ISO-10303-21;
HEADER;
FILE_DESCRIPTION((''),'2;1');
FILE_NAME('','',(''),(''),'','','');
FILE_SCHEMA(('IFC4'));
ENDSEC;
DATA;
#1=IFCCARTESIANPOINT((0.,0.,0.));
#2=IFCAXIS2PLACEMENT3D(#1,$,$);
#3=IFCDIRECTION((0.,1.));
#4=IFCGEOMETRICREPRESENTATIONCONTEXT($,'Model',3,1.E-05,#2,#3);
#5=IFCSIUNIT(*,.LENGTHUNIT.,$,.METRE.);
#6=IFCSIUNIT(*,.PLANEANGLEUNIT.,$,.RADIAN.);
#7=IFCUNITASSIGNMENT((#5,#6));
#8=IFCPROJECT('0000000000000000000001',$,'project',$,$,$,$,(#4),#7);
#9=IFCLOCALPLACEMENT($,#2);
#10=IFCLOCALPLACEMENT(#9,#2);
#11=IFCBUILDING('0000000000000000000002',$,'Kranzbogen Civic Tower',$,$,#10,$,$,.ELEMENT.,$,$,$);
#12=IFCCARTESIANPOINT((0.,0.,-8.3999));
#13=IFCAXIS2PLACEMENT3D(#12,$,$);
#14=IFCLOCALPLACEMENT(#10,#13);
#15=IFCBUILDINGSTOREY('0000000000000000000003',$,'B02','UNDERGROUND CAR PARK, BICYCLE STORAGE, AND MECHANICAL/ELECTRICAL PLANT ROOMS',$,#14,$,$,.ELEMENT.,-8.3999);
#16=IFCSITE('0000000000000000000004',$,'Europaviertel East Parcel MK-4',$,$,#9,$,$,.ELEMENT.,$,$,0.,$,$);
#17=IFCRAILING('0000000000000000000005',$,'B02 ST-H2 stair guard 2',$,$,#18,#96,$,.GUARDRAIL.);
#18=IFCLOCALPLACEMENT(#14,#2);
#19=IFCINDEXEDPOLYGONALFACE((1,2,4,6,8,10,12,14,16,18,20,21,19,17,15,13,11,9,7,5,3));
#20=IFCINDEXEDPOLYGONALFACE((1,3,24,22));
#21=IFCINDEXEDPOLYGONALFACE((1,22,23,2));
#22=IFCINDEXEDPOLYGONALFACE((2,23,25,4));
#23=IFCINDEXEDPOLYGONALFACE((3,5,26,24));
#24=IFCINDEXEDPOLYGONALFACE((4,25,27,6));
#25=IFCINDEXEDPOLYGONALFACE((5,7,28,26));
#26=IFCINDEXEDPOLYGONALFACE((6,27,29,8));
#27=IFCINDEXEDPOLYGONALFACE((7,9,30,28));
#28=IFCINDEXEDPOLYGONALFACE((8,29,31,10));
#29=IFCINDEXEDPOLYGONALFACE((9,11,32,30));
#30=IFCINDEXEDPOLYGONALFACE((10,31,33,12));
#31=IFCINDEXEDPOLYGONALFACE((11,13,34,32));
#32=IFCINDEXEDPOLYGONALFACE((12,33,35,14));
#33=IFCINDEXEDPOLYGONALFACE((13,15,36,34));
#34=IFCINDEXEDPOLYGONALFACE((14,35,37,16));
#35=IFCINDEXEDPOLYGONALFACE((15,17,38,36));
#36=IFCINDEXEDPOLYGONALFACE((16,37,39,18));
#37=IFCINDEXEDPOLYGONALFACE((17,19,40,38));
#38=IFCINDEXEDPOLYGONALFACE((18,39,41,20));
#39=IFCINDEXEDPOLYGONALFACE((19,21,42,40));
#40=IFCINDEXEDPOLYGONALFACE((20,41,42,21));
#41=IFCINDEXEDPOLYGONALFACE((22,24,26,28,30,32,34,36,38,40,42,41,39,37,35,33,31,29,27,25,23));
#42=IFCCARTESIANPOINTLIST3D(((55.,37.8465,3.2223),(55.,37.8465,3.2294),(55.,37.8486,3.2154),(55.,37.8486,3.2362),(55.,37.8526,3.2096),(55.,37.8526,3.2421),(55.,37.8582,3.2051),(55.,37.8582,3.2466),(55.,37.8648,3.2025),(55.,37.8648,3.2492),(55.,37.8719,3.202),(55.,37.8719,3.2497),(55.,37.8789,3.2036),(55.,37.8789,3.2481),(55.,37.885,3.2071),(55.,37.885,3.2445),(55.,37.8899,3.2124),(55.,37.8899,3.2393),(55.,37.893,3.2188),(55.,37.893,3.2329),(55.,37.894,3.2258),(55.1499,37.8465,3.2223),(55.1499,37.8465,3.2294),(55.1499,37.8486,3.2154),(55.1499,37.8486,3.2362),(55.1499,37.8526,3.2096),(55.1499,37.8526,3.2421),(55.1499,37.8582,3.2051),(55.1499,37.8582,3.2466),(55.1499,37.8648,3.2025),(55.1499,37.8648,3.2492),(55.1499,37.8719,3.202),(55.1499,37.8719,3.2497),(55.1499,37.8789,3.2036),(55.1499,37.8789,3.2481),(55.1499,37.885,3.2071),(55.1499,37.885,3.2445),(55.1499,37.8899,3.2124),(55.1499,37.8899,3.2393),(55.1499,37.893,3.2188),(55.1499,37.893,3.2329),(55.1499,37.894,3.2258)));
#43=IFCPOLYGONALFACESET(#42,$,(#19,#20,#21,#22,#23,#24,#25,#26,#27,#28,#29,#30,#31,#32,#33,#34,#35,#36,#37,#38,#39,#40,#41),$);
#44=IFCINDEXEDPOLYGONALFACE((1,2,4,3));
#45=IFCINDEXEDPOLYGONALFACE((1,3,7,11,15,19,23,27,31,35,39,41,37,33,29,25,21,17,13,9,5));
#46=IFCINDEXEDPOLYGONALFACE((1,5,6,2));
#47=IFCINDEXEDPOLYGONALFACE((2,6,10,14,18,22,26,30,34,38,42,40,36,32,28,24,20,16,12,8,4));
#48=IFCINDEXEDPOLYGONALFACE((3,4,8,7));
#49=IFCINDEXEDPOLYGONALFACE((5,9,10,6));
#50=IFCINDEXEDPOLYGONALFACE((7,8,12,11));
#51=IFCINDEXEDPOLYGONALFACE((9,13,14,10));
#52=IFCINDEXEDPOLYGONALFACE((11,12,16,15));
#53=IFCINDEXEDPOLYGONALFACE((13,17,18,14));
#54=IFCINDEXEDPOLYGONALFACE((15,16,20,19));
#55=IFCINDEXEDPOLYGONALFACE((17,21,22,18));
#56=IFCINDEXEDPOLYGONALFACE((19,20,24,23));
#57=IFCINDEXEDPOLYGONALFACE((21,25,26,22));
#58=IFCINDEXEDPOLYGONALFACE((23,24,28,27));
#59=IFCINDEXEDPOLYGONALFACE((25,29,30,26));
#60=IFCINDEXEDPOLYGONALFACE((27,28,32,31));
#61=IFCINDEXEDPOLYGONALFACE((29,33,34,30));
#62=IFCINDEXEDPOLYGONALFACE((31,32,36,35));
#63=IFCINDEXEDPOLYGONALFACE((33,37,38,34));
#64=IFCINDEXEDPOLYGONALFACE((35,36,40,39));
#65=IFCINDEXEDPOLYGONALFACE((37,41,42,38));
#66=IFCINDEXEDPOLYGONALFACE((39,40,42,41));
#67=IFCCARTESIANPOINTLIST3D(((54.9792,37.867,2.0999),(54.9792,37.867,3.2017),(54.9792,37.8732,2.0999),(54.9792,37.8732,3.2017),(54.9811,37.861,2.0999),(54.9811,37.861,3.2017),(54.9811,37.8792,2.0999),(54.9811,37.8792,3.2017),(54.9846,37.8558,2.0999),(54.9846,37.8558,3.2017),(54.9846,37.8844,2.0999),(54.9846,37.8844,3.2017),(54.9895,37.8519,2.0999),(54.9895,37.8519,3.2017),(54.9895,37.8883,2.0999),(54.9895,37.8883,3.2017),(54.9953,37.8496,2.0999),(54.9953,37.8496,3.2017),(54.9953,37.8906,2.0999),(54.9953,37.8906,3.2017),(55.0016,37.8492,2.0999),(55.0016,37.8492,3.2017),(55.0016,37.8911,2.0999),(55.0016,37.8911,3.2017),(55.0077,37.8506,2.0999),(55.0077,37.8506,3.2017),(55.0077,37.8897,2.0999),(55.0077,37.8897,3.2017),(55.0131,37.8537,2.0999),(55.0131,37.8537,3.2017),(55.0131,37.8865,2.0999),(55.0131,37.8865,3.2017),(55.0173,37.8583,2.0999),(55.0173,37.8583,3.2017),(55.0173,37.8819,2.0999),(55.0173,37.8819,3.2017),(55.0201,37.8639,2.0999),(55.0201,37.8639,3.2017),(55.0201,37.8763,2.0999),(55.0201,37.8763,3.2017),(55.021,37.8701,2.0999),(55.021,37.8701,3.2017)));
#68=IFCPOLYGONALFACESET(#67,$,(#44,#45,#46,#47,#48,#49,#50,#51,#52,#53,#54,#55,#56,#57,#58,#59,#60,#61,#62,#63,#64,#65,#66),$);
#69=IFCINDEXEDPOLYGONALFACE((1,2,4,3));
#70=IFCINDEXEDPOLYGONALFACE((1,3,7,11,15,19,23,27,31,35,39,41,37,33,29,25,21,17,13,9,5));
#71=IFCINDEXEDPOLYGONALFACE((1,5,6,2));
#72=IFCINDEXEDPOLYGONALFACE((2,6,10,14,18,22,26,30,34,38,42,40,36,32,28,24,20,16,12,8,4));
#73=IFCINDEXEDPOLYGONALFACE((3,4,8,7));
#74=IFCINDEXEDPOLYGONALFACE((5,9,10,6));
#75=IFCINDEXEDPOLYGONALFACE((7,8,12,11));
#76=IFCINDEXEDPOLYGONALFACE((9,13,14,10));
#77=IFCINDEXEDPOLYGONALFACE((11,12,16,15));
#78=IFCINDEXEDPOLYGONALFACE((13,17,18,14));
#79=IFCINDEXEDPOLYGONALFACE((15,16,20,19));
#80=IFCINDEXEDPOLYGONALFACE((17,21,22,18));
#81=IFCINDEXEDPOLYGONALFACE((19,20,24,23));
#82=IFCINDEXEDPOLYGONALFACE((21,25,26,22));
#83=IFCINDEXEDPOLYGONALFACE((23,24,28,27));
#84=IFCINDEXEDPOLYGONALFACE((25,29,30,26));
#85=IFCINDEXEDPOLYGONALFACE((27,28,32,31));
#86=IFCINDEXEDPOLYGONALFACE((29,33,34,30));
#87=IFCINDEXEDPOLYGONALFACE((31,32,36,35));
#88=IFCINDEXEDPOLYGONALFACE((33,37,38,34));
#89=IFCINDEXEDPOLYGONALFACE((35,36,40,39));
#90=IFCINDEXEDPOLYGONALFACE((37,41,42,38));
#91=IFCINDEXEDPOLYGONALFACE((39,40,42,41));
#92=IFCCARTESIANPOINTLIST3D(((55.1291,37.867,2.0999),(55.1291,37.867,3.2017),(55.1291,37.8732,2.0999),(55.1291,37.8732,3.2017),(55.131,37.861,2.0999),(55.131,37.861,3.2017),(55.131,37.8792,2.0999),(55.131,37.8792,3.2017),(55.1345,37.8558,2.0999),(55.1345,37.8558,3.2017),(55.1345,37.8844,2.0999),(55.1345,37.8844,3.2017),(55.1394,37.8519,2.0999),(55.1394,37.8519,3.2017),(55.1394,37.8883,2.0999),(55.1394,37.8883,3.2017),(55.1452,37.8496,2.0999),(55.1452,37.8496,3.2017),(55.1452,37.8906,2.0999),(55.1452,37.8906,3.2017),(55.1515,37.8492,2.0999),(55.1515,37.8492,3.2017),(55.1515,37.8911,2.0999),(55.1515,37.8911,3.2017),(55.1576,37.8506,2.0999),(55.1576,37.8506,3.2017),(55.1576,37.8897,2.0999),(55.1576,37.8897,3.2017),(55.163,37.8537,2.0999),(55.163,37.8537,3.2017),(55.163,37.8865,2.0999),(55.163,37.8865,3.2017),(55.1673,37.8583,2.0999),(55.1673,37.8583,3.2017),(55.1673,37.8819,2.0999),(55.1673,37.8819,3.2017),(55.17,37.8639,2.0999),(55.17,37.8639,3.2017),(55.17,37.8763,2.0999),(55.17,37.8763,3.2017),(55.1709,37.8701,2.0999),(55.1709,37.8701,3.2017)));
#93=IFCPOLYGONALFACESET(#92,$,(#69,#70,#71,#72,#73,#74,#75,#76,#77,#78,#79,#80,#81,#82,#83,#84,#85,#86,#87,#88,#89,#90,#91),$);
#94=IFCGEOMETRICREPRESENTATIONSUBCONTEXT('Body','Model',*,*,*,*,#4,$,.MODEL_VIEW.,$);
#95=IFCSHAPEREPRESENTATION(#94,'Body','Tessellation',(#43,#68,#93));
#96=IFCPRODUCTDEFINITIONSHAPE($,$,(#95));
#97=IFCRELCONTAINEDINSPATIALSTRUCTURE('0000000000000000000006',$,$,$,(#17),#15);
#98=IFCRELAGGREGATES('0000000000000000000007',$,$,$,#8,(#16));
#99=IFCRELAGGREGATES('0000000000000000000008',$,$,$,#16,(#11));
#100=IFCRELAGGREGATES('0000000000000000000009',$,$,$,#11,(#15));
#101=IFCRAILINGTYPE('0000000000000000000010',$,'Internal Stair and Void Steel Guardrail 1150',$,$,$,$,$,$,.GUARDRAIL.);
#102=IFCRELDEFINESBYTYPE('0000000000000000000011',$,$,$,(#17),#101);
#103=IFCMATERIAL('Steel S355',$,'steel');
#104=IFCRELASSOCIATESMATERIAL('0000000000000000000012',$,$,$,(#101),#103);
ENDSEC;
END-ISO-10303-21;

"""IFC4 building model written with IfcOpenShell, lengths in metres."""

from ifc_helpers import new_model, si_unit, direction, frame, origin, origin_2d, place, context, subcontext, project, spatial, circle, extrude, material, type_object, element, save


model = new_model("IFC4")

# Units and contexts
model_context = context("Model", 3, precision=1e-05, world=origin(), true_north=direction((0.0, 1.0)))
body_context = subcontext(model_context, "Body", "Model", "MODEL_VIEW")
ifc_project = project(units=[si_unit("LENGTHUNIT", "METRE"), si_unit("PLANEANGLEUNIT", "RADIAN")], contexts=[model_context])

# Site, building, storey
site_placement = place(None, origin())
site = spatial("IfcSite", under=ifc_project, at=site_placement, Name="Europaviertel East Parcel MK-4", CompositionType="ELEMENT", RefElevation=0.0)
building_placement = place(site_placement, origin())
building = spatial("IfcBuilding", under=site, at=building_placement, Name="Kranzbogen Civic Tower", CompositionType="ELEMENT")
storey_placement = place(building_placement, frame((0.0, 0.0, -8.3999)))
storey = spatial("IfcBuildingStorey", under=building, at=storey_placement, Name="B02", Description="UNDERGROUND CAR PARK, BICYCLE STORAGE, AND MECHANICAL/ELECTRICAL PLANT ROOMS", CompositionType="ELEMENT", Elevation=-8.3999)

# Shared definitions
ifc_material_1 = material(Name="Steel S355", Category="steel")

# Railing
railing_type_1 = type_object("IfcRailingType", Name="Internal Stair and Void Steel Guardrail 1150", PredefinedType="GUARDRAIL", material=ifc_material_1)
railing_1_placement = place(storey_placement, frame((55.0, 37.8701, 2.0999)))
element("IfcRailing", 1, at=railing_1_placement, inside=storey, type_object=railing_type_1, Name="B02 ST-H2 stair guard 2", PredefinedType="GUARDRAIL", context=body_context, shape_type="SweptSolid", body=[
    extrude(circle(Radius=0.0239, at=origin_2d()), frame((0.0, 0.0, 1.126), z_axis=(1.0, 0.0, 0.0), x_axis=(0.0, 1.0, 0.0)), (0.0, 0.0, 1.0), 0.1499),
    extrude(circle(Radius=0.021, at=origin_2d()), origin(), (0.0, 0.0, 1.0), 1.1018),
    extrude(circle(Radius=0.021, at=origin_2d()), frame((0.1499, 0.0, 0.0)), (0.0, 0.0, 1.0), 1.1018),
])

save(model, "model.ifc")
